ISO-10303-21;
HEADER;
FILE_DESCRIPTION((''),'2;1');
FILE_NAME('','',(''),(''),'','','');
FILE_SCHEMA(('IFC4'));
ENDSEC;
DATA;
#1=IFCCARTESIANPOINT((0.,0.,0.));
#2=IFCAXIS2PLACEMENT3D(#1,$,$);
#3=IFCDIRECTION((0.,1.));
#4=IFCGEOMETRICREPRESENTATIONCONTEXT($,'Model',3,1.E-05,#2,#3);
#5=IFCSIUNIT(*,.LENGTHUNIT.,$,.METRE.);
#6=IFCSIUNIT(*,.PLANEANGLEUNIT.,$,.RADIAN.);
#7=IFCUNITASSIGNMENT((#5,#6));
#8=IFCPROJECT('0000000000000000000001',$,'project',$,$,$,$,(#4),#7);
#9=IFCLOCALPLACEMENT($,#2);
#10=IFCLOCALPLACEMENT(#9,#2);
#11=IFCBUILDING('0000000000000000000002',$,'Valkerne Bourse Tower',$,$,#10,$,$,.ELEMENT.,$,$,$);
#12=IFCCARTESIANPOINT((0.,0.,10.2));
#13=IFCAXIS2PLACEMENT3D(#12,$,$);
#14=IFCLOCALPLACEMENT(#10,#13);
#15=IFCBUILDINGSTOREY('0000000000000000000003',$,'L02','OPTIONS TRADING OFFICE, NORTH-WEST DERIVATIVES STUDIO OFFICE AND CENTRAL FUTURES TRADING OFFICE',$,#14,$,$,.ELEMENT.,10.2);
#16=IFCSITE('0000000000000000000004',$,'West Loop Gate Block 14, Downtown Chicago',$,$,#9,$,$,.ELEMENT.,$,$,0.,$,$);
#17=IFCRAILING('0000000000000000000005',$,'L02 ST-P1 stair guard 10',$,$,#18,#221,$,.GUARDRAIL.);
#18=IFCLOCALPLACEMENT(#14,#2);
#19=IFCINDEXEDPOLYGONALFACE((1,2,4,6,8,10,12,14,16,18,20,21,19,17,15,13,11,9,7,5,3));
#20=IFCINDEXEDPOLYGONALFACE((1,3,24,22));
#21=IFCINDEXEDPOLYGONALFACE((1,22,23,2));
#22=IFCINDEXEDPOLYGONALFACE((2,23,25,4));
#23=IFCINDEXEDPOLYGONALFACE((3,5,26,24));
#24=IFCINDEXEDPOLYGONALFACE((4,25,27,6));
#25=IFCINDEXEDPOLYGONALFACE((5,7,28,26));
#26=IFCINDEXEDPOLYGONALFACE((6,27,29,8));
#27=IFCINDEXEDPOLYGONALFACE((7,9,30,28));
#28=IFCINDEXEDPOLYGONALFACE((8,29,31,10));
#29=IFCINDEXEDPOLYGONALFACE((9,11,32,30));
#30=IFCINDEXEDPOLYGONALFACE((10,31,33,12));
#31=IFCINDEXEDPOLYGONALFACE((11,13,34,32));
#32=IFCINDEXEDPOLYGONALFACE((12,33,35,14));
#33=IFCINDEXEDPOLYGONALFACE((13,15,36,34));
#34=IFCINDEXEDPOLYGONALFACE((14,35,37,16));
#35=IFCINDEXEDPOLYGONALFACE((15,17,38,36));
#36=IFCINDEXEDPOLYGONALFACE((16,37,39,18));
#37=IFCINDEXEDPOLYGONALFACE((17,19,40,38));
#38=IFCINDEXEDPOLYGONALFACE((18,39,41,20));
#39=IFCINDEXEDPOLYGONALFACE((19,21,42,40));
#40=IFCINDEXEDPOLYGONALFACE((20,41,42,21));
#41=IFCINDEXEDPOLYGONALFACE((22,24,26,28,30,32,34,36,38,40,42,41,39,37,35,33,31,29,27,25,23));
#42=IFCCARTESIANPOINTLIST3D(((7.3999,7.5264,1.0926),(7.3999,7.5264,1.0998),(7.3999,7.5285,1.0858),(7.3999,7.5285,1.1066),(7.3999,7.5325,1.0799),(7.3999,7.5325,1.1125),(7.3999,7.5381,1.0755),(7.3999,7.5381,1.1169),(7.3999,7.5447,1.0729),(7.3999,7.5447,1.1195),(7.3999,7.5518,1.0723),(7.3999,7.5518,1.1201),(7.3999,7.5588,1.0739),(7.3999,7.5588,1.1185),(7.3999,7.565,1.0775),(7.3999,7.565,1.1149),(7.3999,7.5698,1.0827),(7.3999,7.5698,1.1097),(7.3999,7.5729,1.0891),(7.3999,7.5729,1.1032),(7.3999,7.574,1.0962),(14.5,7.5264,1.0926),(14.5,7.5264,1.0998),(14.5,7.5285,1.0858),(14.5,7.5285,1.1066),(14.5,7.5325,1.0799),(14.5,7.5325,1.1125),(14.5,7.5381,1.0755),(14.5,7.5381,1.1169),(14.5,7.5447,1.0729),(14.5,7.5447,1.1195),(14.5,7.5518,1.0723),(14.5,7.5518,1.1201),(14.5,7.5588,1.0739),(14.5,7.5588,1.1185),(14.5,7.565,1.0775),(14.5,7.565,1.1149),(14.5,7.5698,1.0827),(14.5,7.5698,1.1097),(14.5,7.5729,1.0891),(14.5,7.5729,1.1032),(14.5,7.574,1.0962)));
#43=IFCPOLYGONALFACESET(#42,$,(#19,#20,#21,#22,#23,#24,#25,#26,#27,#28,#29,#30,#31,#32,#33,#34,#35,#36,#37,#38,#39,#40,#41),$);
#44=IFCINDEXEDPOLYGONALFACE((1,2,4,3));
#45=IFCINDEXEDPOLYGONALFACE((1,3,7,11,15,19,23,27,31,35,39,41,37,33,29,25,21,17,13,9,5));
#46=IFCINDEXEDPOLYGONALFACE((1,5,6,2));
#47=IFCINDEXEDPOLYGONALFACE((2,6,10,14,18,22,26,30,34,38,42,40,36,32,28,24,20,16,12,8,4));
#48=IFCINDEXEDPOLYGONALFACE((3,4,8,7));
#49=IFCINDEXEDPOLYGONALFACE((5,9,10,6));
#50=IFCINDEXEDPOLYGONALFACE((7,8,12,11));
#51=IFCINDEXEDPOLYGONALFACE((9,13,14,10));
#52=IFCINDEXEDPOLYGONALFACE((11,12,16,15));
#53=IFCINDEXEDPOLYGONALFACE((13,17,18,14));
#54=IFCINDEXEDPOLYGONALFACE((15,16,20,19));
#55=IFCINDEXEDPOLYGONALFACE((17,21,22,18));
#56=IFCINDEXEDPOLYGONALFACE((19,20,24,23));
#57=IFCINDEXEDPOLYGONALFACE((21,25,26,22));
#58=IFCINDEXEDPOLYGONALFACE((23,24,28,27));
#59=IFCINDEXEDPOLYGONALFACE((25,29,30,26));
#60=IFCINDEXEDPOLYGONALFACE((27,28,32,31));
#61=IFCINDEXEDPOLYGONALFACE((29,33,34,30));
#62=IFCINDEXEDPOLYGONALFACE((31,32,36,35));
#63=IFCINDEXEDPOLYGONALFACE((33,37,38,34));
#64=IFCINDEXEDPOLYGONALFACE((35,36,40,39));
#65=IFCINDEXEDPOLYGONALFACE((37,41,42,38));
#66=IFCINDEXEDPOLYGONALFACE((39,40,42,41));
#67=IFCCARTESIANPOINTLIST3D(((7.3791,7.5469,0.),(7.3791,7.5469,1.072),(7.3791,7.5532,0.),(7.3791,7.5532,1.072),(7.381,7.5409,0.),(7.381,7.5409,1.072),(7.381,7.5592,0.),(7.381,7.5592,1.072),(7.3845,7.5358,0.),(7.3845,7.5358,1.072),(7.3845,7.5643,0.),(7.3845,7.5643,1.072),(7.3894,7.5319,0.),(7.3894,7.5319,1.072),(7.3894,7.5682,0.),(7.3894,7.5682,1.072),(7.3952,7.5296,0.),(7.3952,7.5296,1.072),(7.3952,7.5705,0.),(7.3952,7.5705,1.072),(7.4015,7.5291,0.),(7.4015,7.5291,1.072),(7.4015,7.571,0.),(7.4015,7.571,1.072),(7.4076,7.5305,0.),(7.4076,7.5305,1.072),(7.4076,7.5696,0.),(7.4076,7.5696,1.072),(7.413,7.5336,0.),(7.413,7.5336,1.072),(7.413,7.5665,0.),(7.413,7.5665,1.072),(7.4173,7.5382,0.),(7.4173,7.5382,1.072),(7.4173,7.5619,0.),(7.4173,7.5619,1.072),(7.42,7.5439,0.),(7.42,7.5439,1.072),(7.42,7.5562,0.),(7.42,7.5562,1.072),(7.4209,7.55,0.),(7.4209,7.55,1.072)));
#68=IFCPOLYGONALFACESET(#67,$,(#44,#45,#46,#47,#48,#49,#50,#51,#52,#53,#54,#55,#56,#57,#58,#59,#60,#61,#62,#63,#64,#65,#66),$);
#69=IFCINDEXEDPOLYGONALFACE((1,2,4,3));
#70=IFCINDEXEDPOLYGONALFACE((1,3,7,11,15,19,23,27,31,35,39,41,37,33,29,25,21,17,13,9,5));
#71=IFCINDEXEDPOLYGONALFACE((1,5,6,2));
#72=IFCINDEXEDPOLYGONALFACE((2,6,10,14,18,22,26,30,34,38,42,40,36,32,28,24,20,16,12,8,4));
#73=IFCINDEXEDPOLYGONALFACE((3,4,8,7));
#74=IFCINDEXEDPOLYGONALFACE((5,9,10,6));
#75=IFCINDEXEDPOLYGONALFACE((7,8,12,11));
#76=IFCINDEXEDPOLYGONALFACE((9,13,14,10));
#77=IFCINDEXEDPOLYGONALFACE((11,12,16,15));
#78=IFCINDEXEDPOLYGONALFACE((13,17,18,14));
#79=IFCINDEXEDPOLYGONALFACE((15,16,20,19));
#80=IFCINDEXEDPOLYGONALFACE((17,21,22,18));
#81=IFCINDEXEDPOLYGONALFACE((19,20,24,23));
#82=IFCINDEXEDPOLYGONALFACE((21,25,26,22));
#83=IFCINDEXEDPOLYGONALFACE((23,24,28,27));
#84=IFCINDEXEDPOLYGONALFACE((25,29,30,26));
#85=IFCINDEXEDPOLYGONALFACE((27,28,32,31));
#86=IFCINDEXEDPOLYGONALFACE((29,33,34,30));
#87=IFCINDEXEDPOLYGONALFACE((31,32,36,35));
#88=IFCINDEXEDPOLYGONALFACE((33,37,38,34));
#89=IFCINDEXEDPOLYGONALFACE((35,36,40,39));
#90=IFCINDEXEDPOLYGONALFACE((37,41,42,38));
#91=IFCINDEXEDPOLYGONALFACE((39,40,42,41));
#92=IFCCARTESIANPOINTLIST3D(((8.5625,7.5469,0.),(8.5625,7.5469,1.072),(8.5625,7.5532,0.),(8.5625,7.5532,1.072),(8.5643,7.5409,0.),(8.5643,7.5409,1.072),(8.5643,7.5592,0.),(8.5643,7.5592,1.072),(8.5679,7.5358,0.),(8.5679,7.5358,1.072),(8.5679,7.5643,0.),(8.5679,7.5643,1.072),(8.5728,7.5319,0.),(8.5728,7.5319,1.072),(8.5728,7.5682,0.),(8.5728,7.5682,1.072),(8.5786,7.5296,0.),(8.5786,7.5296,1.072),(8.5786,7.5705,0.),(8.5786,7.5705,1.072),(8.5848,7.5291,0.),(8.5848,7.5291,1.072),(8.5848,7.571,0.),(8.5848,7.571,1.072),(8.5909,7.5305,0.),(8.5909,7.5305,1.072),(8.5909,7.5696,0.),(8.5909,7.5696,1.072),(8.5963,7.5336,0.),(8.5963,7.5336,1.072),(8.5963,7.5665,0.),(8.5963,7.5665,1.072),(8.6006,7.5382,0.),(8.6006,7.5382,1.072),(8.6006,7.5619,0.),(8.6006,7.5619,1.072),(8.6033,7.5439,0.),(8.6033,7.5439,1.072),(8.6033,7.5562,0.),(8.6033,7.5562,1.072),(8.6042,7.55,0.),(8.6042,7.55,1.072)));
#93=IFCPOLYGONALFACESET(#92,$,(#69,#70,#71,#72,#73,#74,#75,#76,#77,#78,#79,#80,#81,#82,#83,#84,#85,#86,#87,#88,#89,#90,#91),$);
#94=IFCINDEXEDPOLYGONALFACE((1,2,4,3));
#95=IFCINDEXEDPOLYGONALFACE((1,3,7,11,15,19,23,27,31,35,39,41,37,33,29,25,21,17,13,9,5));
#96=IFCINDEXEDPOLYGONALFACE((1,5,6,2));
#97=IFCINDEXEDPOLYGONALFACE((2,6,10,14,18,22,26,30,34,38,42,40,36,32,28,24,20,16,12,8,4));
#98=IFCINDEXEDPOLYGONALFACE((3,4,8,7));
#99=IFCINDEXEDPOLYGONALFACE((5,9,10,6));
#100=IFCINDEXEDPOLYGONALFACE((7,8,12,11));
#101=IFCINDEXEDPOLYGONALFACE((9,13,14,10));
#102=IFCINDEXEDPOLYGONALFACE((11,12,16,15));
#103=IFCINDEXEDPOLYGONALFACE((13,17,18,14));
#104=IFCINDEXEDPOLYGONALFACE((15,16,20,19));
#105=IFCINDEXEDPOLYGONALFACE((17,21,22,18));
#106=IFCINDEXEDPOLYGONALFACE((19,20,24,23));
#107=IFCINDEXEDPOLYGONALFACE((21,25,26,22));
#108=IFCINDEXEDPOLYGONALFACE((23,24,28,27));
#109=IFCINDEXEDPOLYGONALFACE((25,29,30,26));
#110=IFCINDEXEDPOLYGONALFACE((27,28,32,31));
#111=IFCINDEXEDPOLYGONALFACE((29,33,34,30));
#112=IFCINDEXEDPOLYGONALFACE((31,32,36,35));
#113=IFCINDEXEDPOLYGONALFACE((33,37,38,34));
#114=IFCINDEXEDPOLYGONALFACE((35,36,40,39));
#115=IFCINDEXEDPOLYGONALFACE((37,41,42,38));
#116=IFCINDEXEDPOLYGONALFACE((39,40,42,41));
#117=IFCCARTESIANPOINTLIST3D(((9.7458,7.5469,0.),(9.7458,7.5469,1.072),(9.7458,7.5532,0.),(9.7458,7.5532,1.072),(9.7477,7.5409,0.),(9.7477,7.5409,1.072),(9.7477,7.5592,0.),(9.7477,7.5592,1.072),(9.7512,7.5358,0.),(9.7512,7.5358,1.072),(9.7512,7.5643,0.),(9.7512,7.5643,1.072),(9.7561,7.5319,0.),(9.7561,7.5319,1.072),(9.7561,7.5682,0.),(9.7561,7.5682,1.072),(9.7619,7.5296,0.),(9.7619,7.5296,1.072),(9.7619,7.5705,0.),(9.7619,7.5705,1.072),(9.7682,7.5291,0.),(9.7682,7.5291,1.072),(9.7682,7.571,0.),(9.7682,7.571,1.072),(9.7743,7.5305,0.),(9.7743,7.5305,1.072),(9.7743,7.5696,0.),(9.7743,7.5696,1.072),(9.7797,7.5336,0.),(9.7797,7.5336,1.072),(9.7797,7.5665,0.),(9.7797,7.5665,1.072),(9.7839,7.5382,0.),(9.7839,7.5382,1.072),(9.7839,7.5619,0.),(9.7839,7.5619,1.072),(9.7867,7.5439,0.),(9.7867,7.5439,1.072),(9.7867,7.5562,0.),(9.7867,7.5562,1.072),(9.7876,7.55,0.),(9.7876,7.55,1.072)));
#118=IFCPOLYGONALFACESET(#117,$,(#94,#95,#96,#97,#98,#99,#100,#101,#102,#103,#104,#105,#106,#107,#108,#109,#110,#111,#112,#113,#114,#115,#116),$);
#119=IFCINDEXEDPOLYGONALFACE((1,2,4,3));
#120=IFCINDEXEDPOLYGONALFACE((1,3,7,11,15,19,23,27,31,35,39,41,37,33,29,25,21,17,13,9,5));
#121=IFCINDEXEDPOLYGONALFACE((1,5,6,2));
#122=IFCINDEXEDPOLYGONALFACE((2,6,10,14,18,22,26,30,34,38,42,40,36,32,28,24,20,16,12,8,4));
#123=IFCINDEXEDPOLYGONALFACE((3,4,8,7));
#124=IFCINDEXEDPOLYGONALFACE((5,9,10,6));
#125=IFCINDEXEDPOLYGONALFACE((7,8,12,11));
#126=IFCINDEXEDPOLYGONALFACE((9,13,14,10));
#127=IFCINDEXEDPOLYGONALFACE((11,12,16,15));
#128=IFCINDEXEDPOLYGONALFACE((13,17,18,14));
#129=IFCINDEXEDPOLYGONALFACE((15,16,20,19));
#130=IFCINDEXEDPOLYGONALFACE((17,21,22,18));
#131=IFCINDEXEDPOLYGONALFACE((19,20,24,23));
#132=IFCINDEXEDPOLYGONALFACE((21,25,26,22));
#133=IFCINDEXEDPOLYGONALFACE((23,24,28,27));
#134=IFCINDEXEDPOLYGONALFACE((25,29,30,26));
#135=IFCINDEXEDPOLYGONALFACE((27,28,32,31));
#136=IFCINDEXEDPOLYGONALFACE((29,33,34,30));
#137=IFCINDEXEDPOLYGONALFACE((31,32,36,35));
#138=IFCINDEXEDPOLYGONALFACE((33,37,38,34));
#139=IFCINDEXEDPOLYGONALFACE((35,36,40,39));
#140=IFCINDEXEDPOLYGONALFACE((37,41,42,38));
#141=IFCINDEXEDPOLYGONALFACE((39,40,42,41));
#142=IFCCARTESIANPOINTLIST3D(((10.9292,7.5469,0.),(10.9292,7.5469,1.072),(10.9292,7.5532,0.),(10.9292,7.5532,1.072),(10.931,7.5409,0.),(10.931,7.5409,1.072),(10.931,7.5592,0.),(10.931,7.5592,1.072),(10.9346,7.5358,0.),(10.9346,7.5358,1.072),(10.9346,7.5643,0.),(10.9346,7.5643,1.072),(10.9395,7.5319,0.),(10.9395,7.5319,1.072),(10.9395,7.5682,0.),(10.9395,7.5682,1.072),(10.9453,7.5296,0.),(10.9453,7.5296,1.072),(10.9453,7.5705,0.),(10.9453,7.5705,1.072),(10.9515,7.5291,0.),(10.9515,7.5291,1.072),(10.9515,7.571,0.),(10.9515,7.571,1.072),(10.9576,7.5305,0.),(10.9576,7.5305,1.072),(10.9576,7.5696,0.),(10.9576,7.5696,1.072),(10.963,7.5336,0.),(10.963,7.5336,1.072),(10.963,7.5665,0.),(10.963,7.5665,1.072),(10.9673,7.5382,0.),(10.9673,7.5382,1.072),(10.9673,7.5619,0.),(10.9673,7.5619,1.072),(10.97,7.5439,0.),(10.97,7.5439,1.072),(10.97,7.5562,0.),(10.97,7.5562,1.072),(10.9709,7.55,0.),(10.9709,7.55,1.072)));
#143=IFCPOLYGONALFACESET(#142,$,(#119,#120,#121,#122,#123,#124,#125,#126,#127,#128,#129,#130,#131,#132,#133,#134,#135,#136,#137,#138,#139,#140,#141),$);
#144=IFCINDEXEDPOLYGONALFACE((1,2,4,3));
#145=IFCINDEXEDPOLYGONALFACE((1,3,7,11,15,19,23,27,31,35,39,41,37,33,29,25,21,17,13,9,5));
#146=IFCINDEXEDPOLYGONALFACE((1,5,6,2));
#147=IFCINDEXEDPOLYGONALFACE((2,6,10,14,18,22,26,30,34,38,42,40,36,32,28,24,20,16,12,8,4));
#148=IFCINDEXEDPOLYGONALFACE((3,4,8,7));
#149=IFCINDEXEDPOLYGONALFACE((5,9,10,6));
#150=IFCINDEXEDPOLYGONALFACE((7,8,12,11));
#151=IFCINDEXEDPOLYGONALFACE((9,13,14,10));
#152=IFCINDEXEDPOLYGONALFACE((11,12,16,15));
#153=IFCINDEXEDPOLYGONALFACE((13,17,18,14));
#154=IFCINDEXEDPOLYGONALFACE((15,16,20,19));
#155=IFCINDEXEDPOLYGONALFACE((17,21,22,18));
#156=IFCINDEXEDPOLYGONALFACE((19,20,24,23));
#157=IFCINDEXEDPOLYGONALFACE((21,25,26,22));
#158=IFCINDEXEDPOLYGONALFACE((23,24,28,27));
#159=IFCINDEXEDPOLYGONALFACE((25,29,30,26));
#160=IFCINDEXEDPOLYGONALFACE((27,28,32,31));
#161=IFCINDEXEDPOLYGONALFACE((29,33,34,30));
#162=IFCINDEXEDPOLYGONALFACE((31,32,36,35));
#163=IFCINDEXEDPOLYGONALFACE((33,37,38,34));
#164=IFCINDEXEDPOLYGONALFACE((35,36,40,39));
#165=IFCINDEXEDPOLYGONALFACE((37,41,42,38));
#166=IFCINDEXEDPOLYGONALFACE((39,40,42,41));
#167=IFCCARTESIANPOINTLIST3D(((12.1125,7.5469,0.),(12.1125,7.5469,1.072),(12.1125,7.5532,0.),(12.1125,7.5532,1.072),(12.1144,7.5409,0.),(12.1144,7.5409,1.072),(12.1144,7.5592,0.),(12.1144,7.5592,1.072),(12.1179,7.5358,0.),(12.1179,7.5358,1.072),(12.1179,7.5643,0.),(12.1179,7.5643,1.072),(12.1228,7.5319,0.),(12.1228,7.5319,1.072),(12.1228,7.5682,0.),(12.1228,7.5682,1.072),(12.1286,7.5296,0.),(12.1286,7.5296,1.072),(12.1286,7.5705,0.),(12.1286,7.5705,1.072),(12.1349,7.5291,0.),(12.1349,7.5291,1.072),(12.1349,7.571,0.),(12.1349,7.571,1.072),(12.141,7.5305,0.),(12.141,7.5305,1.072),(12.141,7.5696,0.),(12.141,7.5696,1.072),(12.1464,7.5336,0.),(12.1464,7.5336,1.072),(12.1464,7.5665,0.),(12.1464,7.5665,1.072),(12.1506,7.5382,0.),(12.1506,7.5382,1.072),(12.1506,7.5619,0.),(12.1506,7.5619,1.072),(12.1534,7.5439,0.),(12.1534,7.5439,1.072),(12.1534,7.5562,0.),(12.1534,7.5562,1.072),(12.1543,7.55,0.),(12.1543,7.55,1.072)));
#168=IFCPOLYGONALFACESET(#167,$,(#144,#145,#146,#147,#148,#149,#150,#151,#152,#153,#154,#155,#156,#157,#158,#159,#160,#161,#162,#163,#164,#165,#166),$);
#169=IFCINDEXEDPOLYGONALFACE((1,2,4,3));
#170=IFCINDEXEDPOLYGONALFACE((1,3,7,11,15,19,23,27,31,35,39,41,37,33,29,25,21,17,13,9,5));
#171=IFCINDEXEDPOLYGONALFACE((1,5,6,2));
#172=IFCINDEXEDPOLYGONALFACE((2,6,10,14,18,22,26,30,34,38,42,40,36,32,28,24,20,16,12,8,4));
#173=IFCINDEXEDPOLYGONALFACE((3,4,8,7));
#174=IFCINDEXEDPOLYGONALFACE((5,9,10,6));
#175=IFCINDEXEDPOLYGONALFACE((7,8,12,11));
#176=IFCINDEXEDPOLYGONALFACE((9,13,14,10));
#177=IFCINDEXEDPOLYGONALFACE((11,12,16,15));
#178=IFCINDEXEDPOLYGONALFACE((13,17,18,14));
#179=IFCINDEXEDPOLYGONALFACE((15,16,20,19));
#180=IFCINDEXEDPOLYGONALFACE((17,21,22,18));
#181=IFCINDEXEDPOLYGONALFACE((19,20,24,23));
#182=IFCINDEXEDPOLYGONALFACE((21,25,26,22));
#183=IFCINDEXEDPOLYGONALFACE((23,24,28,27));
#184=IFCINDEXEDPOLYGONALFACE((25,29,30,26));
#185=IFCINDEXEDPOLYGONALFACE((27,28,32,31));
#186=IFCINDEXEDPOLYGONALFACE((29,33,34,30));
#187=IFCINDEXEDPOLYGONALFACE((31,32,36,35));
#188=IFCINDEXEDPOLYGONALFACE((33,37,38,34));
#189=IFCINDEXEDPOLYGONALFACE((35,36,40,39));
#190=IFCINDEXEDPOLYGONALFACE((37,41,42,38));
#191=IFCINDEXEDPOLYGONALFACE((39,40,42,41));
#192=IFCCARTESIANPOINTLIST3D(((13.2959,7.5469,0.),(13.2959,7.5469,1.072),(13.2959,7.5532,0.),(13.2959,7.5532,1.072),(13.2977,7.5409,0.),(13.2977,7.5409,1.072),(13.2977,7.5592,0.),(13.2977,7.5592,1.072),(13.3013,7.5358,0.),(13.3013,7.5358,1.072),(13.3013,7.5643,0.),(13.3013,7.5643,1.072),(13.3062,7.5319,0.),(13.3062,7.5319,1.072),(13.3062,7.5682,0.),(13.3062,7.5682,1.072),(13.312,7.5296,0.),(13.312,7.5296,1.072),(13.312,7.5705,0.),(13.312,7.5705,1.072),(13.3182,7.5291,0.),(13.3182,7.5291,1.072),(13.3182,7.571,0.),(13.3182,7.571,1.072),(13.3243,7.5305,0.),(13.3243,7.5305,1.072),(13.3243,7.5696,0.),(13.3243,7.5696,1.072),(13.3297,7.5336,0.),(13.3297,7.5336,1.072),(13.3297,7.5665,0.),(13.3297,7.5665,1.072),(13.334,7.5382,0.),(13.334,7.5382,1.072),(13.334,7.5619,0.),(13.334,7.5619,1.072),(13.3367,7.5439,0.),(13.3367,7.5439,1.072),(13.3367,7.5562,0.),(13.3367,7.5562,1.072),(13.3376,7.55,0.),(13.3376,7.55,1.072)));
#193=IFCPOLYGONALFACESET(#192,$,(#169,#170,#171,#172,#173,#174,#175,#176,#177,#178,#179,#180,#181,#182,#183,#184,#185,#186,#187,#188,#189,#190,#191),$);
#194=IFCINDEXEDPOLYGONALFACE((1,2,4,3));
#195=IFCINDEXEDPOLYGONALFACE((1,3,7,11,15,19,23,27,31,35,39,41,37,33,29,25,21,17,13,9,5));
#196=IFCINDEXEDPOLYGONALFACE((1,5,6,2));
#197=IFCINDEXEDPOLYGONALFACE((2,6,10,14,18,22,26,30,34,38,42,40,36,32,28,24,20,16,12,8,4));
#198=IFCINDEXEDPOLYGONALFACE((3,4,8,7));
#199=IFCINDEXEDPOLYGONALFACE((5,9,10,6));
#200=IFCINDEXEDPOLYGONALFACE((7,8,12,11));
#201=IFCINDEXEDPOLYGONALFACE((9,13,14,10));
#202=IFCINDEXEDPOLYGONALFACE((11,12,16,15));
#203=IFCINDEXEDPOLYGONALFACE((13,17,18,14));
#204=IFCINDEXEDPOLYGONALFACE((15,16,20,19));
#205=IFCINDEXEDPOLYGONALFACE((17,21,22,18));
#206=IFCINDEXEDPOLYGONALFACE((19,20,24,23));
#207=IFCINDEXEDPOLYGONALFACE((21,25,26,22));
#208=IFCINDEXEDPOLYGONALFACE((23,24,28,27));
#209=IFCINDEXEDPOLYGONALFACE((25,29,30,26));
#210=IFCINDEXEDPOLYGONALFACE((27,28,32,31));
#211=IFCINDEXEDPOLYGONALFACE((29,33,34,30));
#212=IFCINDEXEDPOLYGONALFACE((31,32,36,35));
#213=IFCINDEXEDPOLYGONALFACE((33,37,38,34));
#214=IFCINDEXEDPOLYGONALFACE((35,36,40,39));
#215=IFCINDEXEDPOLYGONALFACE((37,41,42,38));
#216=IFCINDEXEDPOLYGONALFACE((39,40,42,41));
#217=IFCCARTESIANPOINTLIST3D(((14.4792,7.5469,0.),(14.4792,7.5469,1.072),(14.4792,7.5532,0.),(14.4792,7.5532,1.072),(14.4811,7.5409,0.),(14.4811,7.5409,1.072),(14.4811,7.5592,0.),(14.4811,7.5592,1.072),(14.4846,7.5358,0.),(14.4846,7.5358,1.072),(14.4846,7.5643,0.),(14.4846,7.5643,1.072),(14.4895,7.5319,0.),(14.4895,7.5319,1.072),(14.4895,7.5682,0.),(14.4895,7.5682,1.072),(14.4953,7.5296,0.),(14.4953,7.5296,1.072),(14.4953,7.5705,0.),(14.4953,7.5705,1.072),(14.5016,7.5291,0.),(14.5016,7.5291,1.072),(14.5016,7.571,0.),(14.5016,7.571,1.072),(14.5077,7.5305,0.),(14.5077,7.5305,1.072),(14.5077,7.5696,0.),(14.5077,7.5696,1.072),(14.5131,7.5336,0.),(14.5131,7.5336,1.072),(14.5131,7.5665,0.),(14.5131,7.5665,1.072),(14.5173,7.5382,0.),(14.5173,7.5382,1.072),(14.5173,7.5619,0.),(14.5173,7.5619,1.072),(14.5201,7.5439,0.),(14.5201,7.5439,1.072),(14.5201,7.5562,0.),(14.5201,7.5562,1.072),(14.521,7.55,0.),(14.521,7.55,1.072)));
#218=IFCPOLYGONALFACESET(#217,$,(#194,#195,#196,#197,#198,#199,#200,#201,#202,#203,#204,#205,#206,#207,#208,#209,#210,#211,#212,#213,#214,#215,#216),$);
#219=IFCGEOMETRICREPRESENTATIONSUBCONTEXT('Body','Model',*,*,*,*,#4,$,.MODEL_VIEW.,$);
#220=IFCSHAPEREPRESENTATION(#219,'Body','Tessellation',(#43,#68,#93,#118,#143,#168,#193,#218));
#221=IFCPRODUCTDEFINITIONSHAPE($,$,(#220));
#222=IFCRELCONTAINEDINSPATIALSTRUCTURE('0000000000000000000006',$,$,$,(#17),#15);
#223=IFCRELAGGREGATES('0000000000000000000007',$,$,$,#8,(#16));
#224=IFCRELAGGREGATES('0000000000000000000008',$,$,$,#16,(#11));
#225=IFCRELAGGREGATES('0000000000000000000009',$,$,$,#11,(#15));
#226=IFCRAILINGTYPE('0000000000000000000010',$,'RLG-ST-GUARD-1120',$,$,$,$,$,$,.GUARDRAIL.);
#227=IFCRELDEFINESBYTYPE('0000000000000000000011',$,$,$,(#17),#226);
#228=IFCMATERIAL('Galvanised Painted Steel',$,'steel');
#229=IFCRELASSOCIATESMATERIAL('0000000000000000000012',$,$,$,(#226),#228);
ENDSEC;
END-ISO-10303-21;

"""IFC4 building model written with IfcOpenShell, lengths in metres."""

from ifc_helpers import new_model, si_unit, direction, frame, origin, origin_2d, place, context, subcontext, project, spatial, circle, extrude, material, type_object, element, save


model = new_model("IFC4")

# Units and contexts
model_context = context("Model", 3, precision=1e-05, world=origin(), true_north=direction((0.0, 1.0)))
body_context = subcontext(model_context, "Body", "Model", "MODEL_VIEW")
ifc_project = project(units=[si_unit("LENGTHUNIT", "METRE"), si_unit("PLANEANGLEUNIT", "RADIAN")], contexts=[model_context])

# Site, building, storey
site_placement = place(None, origin())
site = spatial("IfcSite", under=ifc_project, at=site_placement, Name="West Loop Gate Block 14, Downtown Chicago", CompositionType="ELEMENT", RefElevation=0.0)
building_placement = place(site_placement, origin())
building = spatial("IfcBuilding", under=site, at=building_placement, Name="Valkerne Bourse Tower", CompositionType="ELEMENT")
storey_placement = place(building_placement, frame((0.0, 0.0, 10.2)))
storey = spatial("IfcBuildingStorey", under=building, at=storey_placement, Name="L02", Description="OPTIONS TRADING OFFICE, NORTH-WEST DERIVATIVES STUDIO OFFICE AND CENTRAL FUTURES TRADING OFFICE", CompositionType="ELEMENT", Elevation=10.2)

# Railing
ifc_material_1 = material(Name="Galvanised Painted Steel", Category="steel")
railing_type_1 = type_object("IfcRailingType", Name="RLG-ST-GUARD-1120", PredefinedType="GUARDRAIL", material=ifc_material_1)
railing_1_placement = place(storey_placement, frame((7.3999, 7.55, 0.0)))
element("IfcRailing", 1, at=railing_1_placement, inside=storey, type_object=railing_type_1, Name="L02 ST-P1 stair guard 10", PredefinedType="GUARDRAIL", context=body_context, shape_type="SweptSolid", body=[
    extrude(circle(Radius=0.0239, at=origin_2d()), frame((0.0, 0.0, 1.0962), z_axis=(1.0, 0.0, 0.0), x_axis=(0.0, 1.0, 0.0)), (0.0, 0.0, 1.0), 7.1001),
    extrude(circle(Radius=0.021, at=origin_2d()), origin(), (0.0, 0.0, 1.0), 1.072),
    extrude(circle(Radius=0.021, at=origin_2d()), frame((1.1833, 0.0, 0.0)), (0.0, 0.0, 1.0), 1.072),
    extrude(circle(Radius=0.021, at=origin_2d()), frame((2.3667, 0.0, 0.0)), (0.0, 0.0, 1.0), 1.072),
    extrude(circle(Radius=0.021, at=origin_2d()), frame((3.55, 0.0, 0.0)), (0.0, 0.0, 1.0), 1.072),
    extrude(circle(Radius=0.021, at=origin_2d()), frame((4.7334, 0.0, 0.0)), (0.0, 0.0, 1.0), 1.072),
    extrude(circle(Radius=0.021, at=origin_2d()), frame((5.9167, 0.0, 0.0)), (0.0, 0.0, 1.0), 1.072),
    extrude(circle(Radius=0.021, at=origin_2d()), frame((7.1001, 0.0, 0.0)), (0.0, 0.0, 1.0), 1.072),
])

save(model, "model.ifc")
